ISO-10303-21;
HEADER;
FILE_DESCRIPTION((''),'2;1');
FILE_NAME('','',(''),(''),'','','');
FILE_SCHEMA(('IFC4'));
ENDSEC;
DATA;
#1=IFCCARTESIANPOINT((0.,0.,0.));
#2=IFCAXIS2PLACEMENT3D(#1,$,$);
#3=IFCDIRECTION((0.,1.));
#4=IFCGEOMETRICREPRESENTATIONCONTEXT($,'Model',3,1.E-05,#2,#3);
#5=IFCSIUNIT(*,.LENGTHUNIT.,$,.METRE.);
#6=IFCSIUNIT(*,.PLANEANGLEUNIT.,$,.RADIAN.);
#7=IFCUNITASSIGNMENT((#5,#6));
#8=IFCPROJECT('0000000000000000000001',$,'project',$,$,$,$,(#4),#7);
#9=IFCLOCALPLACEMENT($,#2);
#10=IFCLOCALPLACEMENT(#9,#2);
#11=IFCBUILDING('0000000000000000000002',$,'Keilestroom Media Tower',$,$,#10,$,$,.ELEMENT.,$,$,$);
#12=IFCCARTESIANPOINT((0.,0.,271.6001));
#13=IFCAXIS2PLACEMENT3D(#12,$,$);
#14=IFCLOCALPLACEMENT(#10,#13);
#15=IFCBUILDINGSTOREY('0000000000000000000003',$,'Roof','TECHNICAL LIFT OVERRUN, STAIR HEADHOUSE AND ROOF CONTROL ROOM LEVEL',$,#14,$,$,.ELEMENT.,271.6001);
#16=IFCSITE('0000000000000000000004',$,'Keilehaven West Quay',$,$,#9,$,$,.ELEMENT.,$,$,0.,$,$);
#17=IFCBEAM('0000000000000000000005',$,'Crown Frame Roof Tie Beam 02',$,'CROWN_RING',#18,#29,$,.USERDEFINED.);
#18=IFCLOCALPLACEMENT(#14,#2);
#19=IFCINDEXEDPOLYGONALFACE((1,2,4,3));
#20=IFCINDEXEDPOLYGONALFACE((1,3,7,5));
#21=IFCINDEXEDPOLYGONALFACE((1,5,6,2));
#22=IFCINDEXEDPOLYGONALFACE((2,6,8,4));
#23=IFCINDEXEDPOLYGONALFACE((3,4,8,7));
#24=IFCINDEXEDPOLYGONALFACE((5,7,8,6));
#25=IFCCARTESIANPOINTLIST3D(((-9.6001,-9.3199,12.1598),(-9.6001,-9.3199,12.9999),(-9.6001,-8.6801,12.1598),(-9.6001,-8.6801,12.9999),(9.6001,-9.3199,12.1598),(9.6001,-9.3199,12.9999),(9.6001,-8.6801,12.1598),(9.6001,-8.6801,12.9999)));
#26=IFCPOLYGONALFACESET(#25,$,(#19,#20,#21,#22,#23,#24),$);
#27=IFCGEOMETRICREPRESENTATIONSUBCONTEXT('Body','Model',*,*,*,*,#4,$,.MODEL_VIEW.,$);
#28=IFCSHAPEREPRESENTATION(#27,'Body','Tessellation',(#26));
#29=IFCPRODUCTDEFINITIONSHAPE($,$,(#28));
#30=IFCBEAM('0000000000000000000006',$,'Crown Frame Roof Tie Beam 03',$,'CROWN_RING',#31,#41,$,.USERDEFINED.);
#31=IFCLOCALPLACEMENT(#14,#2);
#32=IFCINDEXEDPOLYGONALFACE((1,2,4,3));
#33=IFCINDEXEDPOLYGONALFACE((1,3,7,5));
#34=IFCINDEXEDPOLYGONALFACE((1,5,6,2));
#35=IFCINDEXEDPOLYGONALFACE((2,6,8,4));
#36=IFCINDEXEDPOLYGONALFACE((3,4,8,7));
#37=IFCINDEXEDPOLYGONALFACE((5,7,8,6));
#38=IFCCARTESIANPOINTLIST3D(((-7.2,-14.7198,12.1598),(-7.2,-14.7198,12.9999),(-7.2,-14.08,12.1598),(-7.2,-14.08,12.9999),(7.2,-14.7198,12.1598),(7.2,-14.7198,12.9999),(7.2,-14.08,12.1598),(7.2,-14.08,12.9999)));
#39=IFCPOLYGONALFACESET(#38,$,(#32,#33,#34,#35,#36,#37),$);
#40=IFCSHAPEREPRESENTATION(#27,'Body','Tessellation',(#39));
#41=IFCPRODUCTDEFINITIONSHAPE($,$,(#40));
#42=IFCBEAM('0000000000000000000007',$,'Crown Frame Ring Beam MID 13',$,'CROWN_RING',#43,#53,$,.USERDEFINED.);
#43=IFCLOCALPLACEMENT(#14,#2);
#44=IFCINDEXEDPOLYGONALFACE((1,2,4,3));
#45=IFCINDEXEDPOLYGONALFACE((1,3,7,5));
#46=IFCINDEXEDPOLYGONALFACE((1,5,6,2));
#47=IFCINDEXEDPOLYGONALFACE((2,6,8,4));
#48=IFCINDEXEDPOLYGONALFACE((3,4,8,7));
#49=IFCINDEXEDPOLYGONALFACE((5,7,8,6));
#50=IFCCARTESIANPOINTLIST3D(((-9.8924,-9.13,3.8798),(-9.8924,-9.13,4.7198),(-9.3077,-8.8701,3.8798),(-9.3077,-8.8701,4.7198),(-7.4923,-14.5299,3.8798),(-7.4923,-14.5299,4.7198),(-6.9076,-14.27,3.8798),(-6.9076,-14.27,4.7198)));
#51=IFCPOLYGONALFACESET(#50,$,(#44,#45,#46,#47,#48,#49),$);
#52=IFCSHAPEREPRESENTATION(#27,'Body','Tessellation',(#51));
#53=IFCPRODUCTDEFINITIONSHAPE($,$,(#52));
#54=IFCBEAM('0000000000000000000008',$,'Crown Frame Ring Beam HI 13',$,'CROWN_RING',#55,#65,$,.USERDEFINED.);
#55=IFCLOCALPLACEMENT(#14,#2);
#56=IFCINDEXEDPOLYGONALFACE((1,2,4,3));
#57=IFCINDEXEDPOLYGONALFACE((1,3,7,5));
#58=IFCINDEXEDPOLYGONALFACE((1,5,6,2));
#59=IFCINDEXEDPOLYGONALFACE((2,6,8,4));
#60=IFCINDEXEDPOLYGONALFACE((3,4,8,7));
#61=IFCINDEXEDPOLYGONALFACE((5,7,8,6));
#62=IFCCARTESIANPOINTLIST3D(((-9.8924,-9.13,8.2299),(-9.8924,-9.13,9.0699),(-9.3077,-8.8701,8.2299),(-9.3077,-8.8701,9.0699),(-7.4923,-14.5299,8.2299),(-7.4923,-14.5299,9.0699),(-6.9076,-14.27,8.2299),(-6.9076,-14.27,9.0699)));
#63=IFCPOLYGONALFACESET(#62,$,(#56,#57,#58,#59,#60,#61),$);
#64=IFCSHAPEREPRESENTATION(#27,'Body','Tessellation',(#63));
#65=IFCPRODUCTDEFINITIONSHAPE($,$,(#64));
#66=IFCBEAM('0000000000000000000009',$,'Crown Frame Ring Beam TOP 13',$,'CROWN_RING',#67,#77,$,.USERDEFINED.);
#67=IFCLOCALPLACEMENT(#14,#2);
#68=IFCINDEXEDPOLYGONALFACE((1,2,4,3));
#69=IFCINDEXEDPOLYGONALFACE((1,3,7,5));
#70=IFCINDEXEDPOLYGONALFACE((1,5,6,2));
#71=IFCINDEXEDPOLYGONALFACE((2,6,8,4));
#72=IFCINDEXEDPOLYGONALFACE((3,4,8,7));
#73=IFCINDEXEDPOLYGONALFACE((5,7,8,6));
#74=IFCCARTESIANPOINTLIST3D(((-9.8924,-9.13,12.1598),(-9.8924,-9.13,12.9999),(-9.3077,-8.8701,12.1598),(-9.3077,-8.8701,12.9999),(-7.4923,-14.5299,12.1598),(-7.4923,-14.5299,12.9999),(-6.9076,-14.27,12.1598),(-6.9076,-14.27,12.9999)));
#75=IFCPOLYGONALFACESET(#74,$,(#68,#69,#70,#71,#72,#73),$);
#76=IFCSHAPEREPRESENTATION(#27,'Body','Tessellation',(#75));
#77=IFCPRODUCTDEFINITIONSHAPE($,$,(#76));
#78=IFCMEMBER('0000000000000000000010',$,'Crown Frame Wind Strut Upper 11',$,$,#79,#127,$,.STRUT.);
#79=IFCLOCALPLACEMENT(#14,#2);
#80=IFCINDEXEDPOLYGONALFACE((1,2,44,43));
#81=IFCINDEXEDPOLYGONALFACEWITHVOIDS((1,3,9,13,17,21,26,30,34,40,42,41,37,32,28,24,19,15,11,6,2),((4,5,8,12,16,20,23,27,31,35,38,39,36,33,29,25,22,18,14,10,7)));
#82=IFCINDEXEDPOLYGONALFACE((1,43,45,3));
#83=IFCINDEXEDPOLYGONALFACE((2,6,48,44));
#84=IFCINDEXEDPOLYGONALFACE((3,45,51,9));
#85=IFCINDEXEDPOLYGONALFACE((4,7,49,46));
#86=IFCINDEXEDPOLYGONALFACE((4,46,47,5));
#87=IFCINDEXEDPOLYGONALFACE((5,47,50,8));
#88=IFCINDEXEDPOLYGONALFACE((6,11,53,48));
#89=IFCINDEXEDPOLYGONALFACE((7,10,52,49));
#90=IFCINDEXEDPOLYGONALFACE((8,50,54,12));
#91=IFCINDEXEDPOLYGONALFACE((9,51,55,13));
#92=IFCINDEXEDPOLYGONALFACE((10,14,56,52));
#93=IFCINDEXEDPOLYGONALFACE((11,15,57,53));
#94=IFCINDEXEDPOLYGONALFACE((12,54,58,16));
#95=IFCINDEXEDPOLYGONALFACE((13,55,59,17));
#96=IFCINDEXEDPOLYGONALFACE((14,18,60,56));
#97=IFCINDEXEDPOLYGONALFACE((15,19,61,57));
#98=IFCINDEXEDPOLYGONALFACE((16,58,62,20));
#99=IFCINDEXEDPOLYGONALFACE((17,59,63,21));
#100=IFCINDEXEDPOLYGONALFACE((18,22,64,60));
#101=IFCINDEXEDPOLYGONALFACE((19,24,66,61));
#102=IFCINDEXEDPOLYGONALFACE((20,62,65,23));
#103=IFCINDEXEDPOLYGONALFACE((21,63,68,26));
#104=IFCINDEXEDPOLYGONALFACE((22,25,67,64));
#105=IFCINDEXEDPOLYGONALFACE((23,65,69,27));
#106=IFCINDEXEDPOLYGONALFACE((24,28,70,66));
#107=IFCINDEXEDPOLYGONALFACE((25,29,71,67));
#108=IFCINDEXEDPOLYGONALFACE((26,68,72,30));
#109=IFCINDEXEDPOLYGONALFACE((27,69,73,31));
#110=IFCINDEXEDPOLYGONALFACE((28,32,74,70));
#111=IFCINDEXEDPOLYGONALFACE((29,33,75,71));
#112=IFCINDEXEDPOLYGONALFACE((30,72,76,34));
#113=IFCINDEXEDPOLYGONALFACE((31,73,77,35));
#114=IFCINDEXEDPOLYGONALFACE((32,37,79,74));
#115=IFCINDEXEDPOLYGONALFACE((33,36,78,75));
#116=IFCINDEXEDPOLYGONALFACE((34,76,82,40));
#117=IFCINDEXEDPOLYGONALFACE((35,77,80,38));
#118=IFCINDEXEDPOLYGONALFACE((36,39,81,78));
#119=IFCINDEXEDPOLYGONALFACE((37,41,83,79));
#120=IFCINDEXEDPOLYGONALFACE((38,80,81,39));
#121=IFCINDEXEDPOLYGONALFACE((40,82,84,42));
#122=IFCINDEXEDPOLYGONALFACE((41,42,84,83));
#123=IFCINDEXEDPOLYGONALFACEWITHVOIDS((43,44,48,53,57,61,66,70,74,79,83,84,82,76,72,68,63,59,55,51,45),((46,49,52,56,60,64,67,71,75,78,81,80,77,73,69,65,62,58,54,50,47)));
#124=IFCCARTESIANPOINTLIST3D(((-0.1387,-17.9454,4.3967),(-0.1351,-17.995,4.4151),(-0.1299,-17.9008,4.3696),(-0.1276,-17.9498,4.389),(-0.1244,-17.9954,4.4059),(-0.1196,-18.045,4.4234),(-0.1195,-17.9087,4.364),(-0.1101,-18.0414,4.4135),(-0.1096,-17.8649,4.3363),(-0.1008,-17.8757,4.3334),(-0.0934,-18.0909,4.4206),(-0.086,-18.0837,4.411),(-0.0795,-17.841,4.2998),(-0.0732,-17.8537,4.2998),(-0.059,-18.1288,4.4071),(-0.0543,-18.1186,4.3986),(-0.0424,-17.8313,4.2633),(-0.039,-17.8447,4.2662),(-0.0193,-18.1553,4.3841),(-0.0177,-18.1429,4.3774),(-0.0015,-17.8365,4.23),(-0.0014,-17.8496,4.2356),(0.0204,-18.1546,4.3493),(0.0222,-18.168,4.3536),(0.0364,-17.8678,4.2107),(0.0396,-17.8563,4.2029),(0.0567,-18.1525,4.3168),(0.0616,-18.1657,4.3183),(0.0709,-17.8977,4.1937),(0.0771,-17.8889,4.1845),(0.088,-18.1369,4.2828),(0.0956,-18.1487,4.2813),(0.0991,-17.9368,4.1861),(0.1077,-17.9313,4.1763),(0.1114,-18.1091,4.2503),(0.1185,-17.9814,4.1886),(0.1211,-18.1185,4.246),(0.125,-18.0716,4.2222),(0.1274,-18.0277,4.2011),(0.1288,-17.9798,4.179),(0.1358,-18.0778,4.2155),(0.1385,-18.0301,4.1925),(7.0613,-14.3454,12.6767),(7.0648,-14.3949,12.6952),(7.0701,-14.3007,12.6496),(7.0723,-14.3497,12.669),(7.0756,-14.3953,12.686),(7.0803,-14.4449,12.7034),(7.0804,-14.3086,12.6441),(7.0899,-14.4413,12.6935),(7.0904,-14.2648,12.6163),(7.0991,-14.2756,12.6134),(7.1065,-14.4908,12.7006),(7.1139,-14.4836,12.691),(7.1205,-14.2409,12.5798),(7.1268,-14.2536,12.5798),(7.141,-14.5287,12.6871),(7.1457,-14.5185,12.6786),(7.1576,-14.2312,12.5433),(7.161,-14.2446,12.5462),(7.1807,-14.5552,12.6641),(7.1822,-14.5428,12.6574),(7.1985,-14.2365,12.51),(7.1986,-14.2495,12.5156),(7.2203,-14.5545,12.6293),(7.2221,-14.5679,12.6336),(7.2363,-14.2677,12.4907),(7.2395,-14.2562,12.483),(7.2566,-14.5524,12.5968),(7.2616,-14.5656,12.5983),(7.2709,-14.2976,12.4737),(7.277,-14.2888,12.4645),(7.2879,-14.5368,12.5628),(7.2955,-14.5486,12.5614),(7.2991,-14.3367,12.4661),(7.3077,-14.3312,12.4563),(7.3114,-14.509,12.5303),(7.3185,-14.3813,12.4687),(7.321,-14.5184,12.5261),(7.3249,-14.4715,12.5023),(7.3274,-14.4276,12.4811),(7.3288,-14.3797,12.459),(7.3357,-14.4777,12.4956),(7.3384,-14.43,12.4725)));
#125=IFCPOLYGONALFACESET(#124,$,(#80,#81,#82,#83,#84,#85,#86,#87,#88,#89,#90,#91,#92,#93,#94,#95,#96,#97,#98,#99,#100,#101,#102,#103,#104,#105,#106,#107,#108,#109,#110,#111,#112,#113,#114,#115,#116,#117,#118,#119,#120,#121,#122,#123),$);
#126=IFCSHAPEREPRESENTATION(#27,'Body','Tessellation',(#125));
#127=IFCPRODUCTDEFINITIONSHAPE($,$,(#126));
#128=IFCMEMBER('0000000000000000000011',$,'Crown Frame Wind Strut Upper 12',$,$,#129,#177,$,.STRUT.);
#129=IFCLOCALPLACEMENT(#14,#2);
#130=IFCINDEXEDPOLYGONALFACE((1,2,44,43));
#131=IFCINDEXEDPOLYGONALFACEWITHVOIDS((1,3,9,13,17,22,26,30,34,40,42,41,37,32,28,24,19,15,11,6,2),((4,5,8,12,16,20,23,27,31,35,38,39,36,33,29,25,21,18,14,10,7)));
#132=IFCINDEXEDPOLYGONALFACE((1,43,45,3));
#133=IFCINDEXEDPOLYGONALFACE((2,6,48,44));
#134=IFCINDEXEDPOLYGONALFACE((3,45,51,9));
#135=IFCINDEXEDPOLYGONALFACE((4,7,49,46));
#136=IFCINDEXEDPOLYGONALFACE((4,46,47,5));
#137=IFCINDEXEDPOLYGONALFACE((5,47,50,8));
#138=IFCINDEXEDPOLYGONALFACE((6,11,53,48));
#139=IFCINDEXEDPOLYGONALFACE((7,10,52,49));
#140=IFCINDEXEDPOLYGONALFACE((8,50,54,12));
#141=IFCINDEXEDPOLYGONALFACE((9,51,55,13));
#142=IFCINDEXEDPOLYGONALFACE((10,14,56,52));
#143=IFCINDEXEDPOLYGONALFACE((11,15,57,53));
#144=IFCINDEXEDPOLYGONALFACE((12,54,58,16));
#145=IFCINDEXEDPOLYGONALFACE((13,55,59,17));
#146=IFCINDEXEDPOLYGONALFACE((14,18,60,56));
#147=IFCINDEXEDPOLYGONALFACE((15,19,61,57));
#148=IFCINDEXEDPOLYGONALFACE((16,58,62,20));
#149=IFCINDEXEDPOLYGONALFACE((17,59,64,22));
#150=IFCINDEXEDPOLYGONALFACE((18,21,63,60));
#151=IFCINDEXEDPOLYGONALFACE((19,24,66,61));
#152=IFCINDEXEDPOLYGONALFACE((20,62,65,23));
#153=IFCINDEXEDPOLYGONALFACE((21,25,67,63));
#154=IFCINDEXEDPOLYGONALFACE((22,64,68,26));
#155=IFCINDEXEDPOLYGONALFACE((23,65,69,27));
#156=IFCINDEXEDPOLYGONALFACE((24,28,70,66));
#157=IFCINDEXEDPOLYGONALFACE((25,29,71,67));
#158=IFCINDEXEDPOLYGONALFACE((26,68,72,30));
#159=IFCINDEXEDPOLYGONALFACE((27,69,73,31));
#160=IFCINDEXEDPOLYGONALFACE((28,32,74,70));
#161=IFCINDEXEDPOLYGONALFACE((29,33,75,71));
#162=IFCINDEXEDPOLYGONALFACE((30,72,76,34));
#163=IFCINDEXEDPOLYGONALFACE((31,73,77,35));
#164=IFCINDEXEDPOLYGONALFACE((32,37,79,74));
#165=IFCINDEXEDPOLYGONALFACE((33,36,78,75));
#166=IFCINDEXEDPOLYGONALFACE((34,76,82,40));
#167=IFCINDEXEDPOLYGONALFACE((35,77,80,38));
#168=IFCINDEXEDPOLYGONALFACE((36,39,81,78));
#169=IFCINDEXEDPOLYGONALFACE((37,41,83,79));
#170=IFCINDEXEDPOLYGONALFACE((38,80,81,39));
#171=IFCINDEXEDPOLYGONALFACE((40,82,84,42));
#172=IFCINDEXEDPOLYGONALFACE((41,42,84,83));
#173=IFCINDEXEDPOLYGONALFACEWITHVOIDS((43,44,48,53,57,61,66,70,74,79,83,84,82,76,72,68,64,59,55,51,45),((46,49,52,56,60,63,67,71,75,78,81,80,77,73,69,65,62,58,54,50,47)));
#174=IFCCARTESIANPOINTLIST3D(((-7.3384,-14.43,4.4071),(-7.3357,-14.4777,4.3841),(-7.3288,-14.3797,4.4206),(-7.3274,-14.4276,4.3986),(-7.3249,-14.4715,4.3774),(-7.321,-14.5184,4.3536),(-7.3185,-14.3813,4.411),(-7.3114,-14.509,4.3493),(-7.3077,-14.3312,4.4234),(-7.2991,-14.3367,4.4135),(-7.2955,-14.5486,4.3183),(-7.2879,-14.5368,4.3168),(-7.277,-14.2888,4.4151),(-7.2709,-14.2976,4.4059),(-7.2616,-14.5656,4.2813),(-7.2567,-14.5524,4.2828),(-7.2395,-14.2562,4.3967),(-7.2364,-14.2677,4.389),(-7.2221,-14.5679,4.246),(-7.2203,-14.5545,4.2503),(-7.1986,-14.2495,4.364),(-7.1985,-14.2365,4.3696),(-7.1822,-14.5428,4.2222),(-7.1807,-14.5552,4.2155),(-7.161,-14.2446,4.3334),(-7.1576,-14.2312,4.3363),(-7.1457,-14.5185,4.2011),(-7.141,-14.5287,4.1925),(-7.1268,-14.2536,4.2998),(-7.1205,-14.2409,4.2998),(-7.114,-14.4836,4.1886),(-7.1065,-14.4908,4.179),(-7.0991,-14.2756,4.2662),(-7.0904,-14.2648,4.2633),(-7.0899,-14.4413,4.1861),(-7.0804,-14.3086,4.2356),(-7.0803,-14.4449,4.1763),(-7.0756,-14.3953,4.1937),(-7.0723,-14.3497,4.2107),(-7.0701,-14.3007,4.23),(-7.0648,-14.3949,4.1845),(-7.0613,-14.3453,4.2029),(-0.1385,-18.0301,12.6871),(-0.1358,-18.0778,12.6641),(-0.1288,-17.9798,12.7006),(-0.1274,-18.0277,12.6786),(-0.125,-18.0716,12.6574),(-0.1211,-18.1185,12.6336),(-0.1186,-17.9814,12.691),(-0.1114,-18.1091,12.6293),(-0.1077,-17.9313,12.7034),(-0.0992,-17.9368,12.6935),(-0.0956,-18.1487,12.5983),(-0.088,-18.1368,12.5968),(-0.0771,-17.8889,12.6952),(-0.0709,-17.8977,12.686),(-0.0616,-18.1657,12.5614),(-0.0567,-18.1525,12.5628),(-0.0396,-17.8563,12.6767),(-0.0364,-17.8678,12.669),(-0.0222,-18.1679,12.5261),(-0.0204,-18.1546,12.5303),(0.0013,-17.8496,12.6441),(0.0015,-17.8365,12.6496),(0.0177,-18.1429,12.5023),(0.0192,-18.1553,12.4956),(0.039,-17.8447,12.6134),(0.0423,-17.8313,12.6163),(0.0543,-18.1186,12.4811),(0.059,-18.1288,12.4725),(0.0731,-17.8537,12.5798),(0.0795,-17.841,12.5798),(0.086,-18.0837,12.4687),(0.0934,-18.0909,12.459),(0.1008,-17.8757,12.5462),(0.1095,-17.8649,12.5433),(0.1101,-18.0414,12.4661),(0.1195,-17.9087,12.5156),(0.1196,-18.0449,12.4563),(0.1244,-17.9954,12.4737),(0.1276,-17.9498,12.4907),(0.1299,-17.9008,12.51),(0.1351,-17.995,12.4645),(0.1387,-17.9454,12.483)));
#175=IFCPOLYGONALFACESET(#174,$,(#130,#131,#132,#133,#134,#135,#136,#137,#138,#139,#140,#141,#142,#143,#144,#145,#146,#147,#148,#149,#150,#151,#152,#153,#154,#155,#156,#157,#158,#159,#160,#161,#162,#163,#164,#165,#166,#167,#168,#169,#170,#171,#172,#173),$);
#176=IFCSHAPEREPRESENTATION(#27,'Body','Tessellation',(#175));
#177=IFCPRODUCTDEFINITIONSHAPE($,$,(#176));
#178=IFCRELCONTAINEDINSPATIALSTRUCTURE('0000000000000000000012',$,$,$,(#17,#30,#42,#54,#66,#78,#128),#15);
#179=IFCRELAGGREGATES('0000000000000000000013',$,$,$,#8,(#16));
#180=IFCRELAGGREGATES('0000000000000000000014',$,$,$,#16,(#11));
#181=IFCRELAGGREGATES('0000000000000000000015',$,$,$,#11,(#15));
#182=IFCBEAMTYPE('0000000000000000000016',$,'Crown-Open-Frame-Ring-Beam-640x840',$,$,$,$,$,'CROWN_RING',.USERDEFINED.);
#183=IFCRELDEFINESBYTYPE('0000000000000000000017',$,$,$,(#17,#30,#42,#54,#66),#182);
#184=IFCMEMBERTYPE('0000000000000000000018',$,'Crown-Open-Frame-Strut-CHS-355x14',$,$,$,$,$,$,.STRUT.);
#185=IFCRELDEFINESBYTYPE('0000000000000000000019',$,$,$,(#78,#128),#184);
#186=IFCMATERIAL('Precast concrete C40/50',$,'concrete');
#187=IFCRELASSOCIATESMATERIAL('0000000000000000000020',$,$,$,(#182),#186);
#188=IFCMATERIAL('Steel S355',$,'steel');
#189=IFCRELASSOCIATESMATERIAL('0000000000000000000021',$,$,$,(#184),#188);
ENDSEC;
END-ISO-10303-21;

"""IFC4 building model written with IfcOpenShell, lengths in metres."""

from ifc_helpers import new_model, si_unit, direction, frame, origin, origin_2d, place, context, subcontext, project, spatial, rectangle, hollow_circle, extrude, source, transform, mapped, material, material_profile, profile_set, type_object, element, save


model = new_model("IFC4")

# Units and contexts
model_context = context("Model", 3, precision=1e-05, world=origin(), true_north=direction((0.0, 1.0)))
body_context = subcontext(model_context, "Body", "Model", "MODEL_VIEW")
ifc_project = project(units=[si_unit("LENGTHUNIT", "METRE"), si_unit("PLANEANGLEUNIT", "RADIAN")], contexts=[model_context])

# Site, building, storey
site_placement = place(None, origin())
site = spatial("IfcSite", under=ifc_project, at=site_placement, Name="Keilehaven West Quay", CompositionType="ELEMENT", RefElevation=0.0)
building_placement = place(site_placement, origin())
building = spatial("IfcBuilding", under=site, at=building_placement, Name="Keilestroom Media Tower", CompositionType="ELEMENT")
storey_placement = place(building_placement, frame((0.0, 0.0, 271.6001)))
storey = spatial("IfcBuildingStorey", under=building, at=storey_placement, Name="Roof", Description="TECHNICAL LIFT OVERRUN, STAIR HEADHOUSE AND ROOF CONTROL ROOM LEVEL", CompositionType="ELEMENT", Elevation=271.6001)

# Beams
ifc_material_1 = material(Name="Precast concrete C40/50", Category="concrete")
ifc_material_profile_1 = material_profile(ifc_material_1, rectangle(XDim=0.6399, YDim=0.8401, at=origin_2d()), Name="CF 640x840")
ifc_profile_set_1 = profile_set([ifc_material_profile_1], Name="Precast concrete C40/50")
beam_type = type_object("IfcBeamType", Name="Crown-Open-Frame-Ring-Beam-640x840", ElementType="CROWN_RING", PredefinedType="USERDEFINED", material=ifc_profile_set_1)
shared_shape_1 = source(origin(), body_context, "Body", "SweptSolid", [
    extrude(rectangle(XDim=0.6399, YDim=0.8401, at=origin_2d()), origin(), (0.0, 0.0, 1.0), 19.2002),
])
beam_1_placement = place(storey_placement, frame((-9.6001, -9.0, 12.5798), z_axis=(1.0, 0.0, 0.0), x_axis=(0.0, 1.0, 0.0)))
element("IfcBeam", 1, at=beam_1_placement, inside=storey, type_object=beam_type, Name="Crown Frame Roof Tie Beam 02", ObjectType="CROWN_RING", PredefinedType="USERDEFINED", context=body_context, shape_type="MappedRepresentation", body=[
    mapped(shared_shape_1, transform((0.0, 0.0, 0.0), x_axis=(1.0, 0.0, 0.0), y_axis=(0.0, 1.0, 0.0), z_axis=(0.0, 0.0, 1.0), scale=1.0)),
])
shared_shape_2 = source(origin(), body_context, "Body", "SweptSolid", [
    extrude(rectangle(XDim=0.6399, YDim=0.8401, at=origin_2d()), origin(), (0.0, 0.0, 1.0), 14.3999),
])
beam_2_placement = place(storey_placement, frame((-7.2, -14.3999, 12.5798), z_axis=(1.0, 0.0, 0.0), x_axis=(0.0, 1.0, 0.0)))
element("IfcBeam", 2, at=beam_2_placement, inside=storey, type_object=beam_type, Name="Crown Frame Roof Tie Beam 03", ObjectType="CROWN_RING", PredefinedType="USERDEFINED", context=body_context, shape_type="MappedRepresentation", body=[
    mapped(shared_shape_2, transform((0.0, 0.0, 0.0), x_axis=(1.0, 0.0, 0.0), y_axis=(0.0, 1.0, 0.0), z_axis=(0.0, 0.0, 1.0), scale=1.0)),
])
shared_shape_3 = source(origin(), body_context, "Body", "SweptSolid", [
    extrude(rectangle(XDim=0.6399, YDim=0.8401, at=origin_2d()), origin(), (0.0, 0.0, 1.0), 5.9092),
])
for number, where, z_axis, x_axis, name in (
    (3, (-7.2, -14.3999, 4.2998), (-0.406165, 0.9138, 0.0), (-0.9138, -0.406165, 0.0), "Crown Frame Ring Beam MID 13"),
    (4, (-7.2, -14.3999, 8.6499), (-0.406165, 0.9138, 0.0), (-0.9138, -0.406165, 0.0), "Crown Frame Ring Beam HI 13"),
    (5, (-7.2, -14.3999, 12.5798), (-0.406165, 0.9138, 0.0), (-0.9138, -0.406165, 0.0), "Crown Frame Ring Beam TOP 13"),
):
    element("IfcBeam", number, at=place(storey_placement, frame(where, z_axis=z_axis, x_axis=x_axis)), inside=storey, type_object=beam_type, Name=name, ObjectType="CROWN_RING", PredefinedType="USERDEFINED", context=body_context, shape_type="MappedRepresentation", body=[
        mapped(shared_shape_3, transform((0.0, 0.0, 0.0), x_axis=(1.0, 0.0, 0.0), y_axis=(0.0, 1.0, 0.0), z_axis=(0.0, 0.0, 1.0), scale=1.0)),
    ])

# Members
ifc_material_2 = material(Name="Steel S355", Category="steel")
ifc_material_profile_2 = material_profile(ifc_material_2, hollow_circle(Radius=0.1777, WallThickness=0.0142, at=origin_2d()), Name="CHS 355.6x14.2")
ifc_profile_set_2 = profile_set([ifc_material_profile_2], Name="Steel S355")
member_type = type_object("IfcMemberType", Name="Crown-Open-Frame-Strut-CHS-355x14", PredefinedType="STRUT", material=ifc_profile_set_2)
shared_shape_4 = source(origin(), body_context, "Body", "SweptSolid", [
    extrude(hollow_circle(Radius=0.1777, WallThickness=0.0142, at=origin_2d()), origin(), (0.0, 0.0, 1.0), 11.5481),
])
for number, where, z_axis, x_axis, name in (
    (6, (0.0, -18.0, 4.2998), (0.623474, 0.311748, 0.717003), (-0.447226, 0.894421, 0.0), "Crown Frame Wind Strut Upper 11"),
    (7, (-7.2, -14.3999, 4.2998), (0.623474, -0.311748, 0.717003), (0.447226, 0.894421, 0.0), "Crown Frame Wind Strut Upper 12"),
):
    element("IfcMember", number, at=place(storey_placement, frame(where, z_axis=z_axis, x_axis=x_axis)), inside=storey, type_object=member_type, Name=name, PredefinedType="STRUT", context=body_context, shape_type="MappedRepresentation", body=[
        mapped(shared_shape_4, transform((0.0, 0.0, 0.0), x_axis=(1.0, 0.0, 0.0), y_axis=(0.0, 1.0, 0.0), z_axis=(0.0, 0.0, 1.0), scale=1.0)),
    ])

save(model, "model.ifc")
